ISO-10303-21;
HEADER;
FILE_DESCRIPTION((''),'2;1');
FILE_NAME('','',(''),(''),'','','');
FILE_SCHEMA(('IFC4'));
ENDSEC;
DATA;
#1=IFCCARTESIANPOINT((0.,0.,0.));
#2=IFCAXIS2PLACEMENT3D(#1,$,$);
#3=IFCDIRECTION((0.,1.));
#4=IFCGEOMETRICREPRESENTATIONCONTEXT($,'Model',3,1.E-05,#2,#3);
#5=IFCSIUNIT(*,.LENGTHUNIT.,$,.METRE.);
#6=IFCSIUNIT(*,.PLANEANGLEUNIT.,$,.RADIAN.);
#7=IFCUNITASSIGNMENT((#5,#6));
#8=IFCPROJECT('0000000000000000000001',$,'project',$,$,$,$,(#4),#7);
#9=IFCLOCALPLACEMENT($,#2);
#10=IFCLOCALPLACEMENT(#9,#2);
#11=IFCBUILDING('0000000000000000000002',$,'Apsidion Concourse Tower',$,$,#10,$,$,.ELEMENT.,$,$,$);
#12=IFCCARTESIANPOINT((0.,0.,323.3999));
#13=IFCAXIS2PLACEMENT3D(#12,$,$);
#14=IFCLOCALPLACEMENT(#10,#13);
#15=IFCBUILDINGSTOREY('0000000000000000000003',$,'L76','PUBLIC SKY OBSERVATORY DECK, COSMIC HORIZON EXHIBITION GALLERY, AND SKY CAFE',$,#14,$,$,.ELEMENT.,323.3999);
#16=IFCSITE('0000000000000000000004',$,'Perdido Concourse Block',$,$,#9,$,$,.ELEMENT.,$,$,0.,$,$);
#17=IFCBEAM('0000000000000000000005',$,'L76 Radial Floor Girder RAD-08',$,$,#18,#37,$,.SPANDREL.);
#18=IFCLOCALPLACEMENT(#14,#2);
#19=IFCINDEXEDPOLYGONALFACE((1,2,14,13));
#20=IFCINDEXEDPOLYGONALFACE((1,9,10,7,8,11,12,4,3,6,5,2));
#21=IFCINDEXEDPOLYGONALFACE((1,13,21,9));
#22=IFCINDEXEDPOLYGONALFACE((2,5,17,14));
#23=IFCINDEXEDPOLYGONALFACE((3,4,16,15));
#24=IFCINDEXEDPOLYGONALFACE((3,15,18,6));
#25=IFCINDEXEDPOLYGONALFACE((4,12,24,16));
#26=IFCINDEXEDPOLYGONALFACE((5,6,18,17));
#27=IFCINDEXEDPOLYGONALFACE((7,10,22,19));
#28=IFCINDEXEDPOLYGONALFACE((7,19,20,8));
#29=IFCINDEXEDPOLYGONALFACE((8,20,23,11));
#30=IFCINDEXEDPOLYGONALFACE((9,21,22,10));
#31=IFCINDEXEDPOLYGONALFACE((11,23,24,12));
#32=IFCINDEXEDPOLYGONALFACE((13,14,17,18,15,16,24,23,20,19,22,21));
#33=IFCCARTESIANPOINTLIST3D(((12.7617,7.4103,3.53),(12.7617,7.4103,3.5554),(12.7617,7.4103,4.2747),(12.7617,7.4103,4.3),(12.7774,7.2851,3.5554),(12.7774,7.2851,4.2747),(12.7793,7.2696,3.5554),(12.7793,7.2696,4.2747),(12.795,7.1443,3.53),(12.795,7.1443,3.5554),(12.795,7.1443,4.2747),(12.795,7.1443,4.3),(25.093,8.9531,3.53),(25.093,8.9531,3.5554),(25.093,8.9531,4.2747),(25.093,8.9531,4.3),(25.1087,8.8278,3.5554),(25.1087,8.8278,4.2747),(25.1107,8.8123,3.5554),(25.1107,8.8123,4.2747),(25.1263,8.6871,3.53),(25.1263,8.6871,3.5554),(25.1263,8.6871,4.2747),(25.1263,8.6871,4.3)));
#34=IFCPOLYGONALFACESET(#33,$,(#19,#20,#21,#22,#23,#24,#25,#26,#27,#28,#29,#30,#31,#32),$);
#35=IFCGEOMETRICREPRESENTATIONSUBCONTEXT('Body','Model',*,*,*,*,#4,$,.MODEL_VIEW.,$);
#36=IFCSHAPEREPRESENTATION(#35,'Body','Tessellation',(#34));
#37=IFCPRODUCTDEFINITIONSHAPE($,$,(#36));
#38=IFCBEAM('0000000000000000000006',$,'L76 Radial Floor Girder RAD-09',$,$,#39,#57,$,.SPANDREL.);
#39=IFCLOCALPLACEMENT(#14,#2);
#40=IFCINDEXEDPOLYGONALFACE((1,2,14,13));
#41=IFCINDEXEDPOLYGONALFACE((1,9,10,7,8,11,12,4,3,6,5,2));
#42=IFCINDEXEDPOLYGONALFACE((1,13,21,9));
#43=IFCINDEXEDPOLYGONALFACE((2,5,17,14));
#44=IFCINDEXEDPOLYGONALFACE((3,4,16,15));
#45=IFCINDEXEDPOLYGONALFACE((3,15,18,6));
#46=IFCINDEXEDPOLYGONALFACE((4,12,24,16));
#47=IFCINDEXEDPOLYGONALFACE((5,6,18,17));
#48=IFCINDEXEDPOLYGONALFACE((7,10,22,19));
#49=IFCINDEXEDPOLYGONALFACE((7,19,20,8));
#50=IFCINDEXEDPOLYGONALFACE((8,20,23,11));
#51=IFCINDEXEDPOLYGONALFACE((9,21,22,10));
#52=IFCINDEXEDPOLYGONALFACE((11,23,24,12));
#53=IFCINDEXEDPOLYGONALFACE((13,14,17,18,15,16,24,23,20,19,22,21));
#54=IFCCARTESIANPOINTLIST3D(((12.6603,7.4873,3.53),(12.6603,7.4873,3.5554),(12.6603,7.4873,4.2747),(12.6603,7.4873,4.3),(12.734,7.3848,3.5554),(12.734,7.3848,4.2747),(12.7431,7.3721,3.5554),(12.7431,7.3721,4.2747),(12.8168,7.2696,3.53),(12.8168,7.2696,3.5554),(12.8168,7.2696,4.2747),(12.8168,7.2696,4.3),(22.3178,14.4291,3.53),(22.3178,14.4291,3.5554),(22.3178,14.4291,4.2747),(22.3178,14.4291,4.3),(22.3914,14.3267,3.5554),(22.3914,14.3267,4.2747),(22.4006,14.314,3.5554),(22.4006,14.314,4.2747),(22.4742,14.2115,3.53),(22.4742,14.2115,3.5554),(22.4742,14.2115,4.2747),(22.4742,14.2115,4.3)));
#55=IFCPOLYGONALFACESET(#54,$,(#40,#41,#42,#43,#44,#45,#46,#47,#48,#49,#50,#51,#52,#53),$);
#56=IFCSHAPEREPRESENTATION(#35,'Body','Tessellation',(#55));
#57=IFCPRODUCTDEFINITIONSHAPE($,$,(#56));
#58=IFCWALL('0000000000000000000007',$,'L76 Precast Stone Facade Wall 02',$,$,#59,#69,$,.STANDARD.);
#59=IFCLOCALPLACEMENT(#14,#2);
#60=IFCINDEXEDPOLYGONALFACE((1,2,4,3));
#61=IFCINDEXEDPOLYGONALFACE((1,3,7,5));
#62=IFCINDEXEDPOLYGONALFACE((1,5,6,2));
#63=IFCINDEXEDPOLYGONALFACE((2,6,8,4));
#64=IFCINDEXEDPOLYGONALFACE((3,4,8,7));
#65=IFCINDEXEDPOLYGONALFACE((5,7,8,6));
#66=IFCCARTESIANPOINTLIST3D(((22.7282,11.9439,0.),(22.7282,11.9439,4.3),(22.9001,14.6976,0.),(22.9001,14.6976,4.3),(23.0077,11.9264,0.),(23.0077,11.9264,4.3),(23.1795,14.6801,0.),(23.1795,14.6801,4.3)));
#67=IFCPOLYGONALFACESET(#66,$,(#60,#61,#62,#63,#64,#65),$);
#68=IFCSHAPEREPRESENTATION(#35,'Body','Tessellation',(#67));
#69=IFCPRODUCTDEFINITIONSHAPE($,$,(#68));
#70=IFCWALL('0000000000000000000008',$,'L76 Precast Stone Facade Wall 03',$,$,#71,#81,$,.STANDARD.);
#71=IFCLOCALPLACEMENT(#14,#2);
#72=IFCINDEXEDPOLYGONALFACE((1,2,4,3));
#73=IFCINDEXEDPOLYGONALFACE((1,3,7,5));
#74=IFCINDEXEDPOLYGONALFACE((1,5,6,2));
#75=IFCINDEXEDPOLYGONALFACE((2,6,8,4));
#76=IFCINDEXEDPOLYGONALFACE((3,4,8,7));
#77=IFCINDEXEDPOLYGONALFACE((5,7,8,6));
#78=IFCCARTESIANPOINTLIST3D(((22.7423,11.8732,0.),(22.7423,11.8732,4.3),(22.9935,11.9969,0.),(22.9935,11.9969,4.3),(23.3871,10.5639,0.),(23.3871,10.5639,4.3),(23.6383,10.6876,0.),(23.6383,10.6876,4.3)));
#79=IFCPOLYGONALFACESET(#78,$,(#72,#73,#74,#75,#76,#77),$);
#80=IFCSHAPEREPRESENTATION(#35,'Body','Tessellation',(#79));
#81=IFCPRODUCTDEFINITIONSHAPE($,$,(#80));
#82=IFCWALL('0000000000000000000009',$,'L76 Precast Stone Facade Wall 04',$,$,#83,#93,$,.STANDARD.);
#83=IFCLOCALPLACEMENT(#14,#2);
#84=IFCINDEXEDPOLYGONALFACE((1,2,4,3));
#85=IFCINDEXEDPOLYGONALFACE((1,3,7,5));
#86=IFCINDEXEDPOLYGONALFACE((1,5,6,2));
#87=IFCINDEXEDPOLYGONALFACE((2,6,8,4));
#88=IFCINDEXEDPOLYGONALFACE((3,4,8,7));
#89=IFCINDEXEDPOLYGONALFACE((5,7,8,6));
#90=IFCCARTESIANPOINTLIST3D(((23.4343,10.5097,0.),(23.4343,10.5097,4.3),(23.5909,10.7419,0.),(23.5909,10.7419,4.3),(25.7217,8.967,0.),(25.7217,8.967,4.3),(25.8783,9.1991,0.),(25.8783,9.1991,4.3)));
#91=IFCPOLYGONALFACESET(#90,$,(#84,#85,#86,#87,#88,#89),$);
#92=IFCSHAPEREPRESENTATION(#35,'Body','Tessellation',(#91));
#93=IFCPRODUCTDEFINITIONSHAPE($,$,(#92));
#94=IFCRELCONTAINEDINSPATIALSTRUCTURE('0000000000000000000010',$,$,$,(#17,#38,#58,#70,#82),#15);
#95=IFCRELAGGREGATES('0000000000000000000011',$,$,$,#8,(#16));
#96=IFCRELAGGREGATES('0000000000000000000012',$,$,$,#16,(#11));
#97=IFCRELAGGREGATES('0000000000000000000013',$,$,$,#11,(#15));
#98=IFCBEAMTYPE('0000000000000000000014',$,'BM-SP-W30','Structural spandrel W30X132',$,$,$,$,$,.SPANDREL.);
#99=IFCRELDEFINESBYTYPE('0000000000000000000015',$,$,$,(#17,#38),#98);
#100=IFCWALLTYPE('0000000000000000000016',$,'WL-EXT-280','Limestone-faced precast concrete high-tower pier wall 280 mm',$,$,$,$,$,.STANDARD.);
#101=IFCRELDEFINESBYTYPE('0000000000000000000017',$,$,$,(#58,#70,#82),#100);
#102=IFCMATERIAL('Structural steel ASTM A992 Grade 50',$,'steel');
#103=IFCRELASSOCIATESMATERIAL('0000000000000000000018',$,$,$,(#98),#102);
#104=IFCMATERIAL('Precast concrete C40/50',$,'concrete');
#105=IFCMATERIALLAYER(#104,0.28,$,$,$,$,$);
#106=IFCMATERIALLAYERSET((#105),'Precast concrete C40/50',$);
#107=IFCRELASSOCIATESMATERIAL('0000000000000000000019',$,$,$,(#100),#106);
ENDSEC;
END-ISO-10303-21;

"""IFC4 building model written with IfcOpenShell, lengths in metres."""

from ifc_helpers import new_model, si_unit, direction, frame, frame_2d, origin, origin_2d, place, context, subcontext, project, spatial, rectangle, i_section, extrude, material, layer, layer_set, material_profile, profile_set, type_object, element, save


model = new_model("IFC4")

# Units and contexts
model_context = context("Model", 3, precision=1e-05, world=origin(), true_north=direction((0.0, 1.0)))
body_context = subcontext(model_context, "Body", "Model", "MODEL_VIEW")
ifc_project = project(units=[si_unit("LENGTHUNIT", "METRE"), si_unit("PLANEANGLEUNIT", "RADIAN")], contexts=[model_context])

# Site, building, storey
site_placement = place(None, origin())
site = spatial("IfcSite", under=ifc_project, at=site_placement, Name="Perdido Concourse Block", CompositionType="ELEMENT", RefElevation=0.0)
building_placement = place(site_placement, origin())
building = spatial("IfcBuilding", under=site, at=building_placement, Name="Apsidion Concourse Tower", CompositionType="ELEMENT")
storey_placement = place(building_placement, frame((0.0, 0.0, 323.3999)))
storey = spatial("IfcBuildingStorey", under=building, at=storey_placement, Name="L76", Description="PUBLIC SKY OBSERVATORY DECK, COSMIC HORIZON EXHIBITION GALLERY, AND SKY CAFE", CompositionType="ELEMENT", Elevation=323.3999)

# Shared definitions
ifc_material_1 = material(Name="Structural steel ASTM A992 Grade 50", Category="steel")

# Beams
ifc_material_profile_1 = material_profile(ifc_material_1, i_section(OverallWidth=0.2681, OverallDepth=0.77, WebThickness=0.0156, FlangeThickness=0.0254, at=origin_2d()), Name="W30X132")
ifc_profile_set_1 = profile_set([ifc_material_profile_1], Name="Structural steel ASTM A992 Grade 50")
beam_type_1 = type_object("IfcBeamType", Name="BM-SP-W30", Description="Structural spandrel W30X132", PredefinedType="SPANDREL", material=ifc_profile_set_1)
beam_1_placement = place(storey_placement, frame((12.7783, 7.2773, 3.915), z_axis=(0.992265, 0.124139, 0.0), x_axis=(-0.124139, 0.992265, 0.0)))
element("IfcBeam", 1, at=beam_1_placement, inside=storey, type_object=beam_type_1, Name="L76 Radial Floor Girder RAD-08", PredefinedType="SPANDREL", context=body_context, shape_type="SweptSolid", body=[
    extrude(i_section(OverallWidth=0.2681, OverallDepth=0.77, WebThickness=0.0156, FlangeThickness=0.0254, at=origin_2d()), origin(), (0.0, 0.0, 1.0), 12.4275),
])
beam_2_placement = place(storey_placement, frame((12.7385, 7.3784, 3.915), z_axis=(0.811992, 0.583669, 0.0), x_axis=(-0.583669, 0.811992, 0.0)))
element("IfcBeam", 2, at=beam_2_placement, inside=storey, type_object=beam_type_1, Name="L76 Radial Floor Girder RAD-09", PredefinedType="SPANDREL", context=body_context, shape_type="SweptSolid", body=[
    extrude(i_section(OverallWidth=0.2681, OverallDepth=0.77, WebThickness=0.0156, FlangeThickness=0.0254, at=origin_2d()), origin(), (0.0, 0.0, 1.0), 11.8936),
])

# Walls
ifc_material_2 = material(Name="Precast concrete C40/50", Category="concrete")
ifc_layer = layer(ifc_material_2, 0.28)
ifc_layer_set = layer_set([ifc_layer], Name="Precast concrete C40/50")
wall_type = type_object("IfcWallType", Name="WL-EXT-280", Description="Limestone-faced precast concrete high-tower pier wall 280 mm", PredefinedType="STANDARD", material=ifc_layer_set)
wall_1_placement = place(storey_placement, frame((23.0398, 14.6887, 0.0), z_axis=(0.0, 0.0, 1.0), x_axis=(-0.062296, -0.998058, 0.0)))
element("IfcWall", 3, at=wall_1_placement, inside=storey, type_object=wall_type, Name="L76 Precast Stone Facade Wall 02", PredefinedType="STANDARD", context=body_context, shape_type="SweptSolid", body=[
    extrude(rectangle(XDim=2.759, YDim=0.28, at=frame_2d((1.3794, 0.0))), origin(), (0.0, 0.0, 1.0), 4.3),
])
wall_2_placement = place(storey_placement, frame((22.8679, 11.9351, 0.0), z_axis=(0.0, 0.0, 1.0), x_axis=(0.441786, -0.897121, 0.0)))
element("IfcWall", 4, at=wall_2_placement, inside=storey, type_object=wall_type, Name="L76 Precast Stone Facade Wall 03", PredefinedType="STANDARD", context=body_context, shape_type="SweptSolid", body=[
    extrude(rectangle(XDim=1.4595, YDim=0.28, at=frame_2d((0.7297, 0.0))), origin(), (0.0, 0.0, 1.0), 4.3),
])
wall_3_placement = place(storey_placement, frame((23.5127, 10.6257, 0.0), z_axis=(0.0, 0.0, 1.0), x_axis=(0.829057, -0.559164, 0.0)))
element("IfcWall", 5, at=wall_3_placement, inside=storey, type_object=wall_type, Name="L76 Precast Stone Facade Wall 04", PredefinedType="STANDARD", context=body_context, shape_type="SweptSolid", body=[
    extrude(rectangle(XDim=2.759, YDim=0.28, at=frame_2d((1.3794, 0.0))), origin(), (0.0, 0.0, 1.0), 4.3),
])

save(model, "model.ifc")
